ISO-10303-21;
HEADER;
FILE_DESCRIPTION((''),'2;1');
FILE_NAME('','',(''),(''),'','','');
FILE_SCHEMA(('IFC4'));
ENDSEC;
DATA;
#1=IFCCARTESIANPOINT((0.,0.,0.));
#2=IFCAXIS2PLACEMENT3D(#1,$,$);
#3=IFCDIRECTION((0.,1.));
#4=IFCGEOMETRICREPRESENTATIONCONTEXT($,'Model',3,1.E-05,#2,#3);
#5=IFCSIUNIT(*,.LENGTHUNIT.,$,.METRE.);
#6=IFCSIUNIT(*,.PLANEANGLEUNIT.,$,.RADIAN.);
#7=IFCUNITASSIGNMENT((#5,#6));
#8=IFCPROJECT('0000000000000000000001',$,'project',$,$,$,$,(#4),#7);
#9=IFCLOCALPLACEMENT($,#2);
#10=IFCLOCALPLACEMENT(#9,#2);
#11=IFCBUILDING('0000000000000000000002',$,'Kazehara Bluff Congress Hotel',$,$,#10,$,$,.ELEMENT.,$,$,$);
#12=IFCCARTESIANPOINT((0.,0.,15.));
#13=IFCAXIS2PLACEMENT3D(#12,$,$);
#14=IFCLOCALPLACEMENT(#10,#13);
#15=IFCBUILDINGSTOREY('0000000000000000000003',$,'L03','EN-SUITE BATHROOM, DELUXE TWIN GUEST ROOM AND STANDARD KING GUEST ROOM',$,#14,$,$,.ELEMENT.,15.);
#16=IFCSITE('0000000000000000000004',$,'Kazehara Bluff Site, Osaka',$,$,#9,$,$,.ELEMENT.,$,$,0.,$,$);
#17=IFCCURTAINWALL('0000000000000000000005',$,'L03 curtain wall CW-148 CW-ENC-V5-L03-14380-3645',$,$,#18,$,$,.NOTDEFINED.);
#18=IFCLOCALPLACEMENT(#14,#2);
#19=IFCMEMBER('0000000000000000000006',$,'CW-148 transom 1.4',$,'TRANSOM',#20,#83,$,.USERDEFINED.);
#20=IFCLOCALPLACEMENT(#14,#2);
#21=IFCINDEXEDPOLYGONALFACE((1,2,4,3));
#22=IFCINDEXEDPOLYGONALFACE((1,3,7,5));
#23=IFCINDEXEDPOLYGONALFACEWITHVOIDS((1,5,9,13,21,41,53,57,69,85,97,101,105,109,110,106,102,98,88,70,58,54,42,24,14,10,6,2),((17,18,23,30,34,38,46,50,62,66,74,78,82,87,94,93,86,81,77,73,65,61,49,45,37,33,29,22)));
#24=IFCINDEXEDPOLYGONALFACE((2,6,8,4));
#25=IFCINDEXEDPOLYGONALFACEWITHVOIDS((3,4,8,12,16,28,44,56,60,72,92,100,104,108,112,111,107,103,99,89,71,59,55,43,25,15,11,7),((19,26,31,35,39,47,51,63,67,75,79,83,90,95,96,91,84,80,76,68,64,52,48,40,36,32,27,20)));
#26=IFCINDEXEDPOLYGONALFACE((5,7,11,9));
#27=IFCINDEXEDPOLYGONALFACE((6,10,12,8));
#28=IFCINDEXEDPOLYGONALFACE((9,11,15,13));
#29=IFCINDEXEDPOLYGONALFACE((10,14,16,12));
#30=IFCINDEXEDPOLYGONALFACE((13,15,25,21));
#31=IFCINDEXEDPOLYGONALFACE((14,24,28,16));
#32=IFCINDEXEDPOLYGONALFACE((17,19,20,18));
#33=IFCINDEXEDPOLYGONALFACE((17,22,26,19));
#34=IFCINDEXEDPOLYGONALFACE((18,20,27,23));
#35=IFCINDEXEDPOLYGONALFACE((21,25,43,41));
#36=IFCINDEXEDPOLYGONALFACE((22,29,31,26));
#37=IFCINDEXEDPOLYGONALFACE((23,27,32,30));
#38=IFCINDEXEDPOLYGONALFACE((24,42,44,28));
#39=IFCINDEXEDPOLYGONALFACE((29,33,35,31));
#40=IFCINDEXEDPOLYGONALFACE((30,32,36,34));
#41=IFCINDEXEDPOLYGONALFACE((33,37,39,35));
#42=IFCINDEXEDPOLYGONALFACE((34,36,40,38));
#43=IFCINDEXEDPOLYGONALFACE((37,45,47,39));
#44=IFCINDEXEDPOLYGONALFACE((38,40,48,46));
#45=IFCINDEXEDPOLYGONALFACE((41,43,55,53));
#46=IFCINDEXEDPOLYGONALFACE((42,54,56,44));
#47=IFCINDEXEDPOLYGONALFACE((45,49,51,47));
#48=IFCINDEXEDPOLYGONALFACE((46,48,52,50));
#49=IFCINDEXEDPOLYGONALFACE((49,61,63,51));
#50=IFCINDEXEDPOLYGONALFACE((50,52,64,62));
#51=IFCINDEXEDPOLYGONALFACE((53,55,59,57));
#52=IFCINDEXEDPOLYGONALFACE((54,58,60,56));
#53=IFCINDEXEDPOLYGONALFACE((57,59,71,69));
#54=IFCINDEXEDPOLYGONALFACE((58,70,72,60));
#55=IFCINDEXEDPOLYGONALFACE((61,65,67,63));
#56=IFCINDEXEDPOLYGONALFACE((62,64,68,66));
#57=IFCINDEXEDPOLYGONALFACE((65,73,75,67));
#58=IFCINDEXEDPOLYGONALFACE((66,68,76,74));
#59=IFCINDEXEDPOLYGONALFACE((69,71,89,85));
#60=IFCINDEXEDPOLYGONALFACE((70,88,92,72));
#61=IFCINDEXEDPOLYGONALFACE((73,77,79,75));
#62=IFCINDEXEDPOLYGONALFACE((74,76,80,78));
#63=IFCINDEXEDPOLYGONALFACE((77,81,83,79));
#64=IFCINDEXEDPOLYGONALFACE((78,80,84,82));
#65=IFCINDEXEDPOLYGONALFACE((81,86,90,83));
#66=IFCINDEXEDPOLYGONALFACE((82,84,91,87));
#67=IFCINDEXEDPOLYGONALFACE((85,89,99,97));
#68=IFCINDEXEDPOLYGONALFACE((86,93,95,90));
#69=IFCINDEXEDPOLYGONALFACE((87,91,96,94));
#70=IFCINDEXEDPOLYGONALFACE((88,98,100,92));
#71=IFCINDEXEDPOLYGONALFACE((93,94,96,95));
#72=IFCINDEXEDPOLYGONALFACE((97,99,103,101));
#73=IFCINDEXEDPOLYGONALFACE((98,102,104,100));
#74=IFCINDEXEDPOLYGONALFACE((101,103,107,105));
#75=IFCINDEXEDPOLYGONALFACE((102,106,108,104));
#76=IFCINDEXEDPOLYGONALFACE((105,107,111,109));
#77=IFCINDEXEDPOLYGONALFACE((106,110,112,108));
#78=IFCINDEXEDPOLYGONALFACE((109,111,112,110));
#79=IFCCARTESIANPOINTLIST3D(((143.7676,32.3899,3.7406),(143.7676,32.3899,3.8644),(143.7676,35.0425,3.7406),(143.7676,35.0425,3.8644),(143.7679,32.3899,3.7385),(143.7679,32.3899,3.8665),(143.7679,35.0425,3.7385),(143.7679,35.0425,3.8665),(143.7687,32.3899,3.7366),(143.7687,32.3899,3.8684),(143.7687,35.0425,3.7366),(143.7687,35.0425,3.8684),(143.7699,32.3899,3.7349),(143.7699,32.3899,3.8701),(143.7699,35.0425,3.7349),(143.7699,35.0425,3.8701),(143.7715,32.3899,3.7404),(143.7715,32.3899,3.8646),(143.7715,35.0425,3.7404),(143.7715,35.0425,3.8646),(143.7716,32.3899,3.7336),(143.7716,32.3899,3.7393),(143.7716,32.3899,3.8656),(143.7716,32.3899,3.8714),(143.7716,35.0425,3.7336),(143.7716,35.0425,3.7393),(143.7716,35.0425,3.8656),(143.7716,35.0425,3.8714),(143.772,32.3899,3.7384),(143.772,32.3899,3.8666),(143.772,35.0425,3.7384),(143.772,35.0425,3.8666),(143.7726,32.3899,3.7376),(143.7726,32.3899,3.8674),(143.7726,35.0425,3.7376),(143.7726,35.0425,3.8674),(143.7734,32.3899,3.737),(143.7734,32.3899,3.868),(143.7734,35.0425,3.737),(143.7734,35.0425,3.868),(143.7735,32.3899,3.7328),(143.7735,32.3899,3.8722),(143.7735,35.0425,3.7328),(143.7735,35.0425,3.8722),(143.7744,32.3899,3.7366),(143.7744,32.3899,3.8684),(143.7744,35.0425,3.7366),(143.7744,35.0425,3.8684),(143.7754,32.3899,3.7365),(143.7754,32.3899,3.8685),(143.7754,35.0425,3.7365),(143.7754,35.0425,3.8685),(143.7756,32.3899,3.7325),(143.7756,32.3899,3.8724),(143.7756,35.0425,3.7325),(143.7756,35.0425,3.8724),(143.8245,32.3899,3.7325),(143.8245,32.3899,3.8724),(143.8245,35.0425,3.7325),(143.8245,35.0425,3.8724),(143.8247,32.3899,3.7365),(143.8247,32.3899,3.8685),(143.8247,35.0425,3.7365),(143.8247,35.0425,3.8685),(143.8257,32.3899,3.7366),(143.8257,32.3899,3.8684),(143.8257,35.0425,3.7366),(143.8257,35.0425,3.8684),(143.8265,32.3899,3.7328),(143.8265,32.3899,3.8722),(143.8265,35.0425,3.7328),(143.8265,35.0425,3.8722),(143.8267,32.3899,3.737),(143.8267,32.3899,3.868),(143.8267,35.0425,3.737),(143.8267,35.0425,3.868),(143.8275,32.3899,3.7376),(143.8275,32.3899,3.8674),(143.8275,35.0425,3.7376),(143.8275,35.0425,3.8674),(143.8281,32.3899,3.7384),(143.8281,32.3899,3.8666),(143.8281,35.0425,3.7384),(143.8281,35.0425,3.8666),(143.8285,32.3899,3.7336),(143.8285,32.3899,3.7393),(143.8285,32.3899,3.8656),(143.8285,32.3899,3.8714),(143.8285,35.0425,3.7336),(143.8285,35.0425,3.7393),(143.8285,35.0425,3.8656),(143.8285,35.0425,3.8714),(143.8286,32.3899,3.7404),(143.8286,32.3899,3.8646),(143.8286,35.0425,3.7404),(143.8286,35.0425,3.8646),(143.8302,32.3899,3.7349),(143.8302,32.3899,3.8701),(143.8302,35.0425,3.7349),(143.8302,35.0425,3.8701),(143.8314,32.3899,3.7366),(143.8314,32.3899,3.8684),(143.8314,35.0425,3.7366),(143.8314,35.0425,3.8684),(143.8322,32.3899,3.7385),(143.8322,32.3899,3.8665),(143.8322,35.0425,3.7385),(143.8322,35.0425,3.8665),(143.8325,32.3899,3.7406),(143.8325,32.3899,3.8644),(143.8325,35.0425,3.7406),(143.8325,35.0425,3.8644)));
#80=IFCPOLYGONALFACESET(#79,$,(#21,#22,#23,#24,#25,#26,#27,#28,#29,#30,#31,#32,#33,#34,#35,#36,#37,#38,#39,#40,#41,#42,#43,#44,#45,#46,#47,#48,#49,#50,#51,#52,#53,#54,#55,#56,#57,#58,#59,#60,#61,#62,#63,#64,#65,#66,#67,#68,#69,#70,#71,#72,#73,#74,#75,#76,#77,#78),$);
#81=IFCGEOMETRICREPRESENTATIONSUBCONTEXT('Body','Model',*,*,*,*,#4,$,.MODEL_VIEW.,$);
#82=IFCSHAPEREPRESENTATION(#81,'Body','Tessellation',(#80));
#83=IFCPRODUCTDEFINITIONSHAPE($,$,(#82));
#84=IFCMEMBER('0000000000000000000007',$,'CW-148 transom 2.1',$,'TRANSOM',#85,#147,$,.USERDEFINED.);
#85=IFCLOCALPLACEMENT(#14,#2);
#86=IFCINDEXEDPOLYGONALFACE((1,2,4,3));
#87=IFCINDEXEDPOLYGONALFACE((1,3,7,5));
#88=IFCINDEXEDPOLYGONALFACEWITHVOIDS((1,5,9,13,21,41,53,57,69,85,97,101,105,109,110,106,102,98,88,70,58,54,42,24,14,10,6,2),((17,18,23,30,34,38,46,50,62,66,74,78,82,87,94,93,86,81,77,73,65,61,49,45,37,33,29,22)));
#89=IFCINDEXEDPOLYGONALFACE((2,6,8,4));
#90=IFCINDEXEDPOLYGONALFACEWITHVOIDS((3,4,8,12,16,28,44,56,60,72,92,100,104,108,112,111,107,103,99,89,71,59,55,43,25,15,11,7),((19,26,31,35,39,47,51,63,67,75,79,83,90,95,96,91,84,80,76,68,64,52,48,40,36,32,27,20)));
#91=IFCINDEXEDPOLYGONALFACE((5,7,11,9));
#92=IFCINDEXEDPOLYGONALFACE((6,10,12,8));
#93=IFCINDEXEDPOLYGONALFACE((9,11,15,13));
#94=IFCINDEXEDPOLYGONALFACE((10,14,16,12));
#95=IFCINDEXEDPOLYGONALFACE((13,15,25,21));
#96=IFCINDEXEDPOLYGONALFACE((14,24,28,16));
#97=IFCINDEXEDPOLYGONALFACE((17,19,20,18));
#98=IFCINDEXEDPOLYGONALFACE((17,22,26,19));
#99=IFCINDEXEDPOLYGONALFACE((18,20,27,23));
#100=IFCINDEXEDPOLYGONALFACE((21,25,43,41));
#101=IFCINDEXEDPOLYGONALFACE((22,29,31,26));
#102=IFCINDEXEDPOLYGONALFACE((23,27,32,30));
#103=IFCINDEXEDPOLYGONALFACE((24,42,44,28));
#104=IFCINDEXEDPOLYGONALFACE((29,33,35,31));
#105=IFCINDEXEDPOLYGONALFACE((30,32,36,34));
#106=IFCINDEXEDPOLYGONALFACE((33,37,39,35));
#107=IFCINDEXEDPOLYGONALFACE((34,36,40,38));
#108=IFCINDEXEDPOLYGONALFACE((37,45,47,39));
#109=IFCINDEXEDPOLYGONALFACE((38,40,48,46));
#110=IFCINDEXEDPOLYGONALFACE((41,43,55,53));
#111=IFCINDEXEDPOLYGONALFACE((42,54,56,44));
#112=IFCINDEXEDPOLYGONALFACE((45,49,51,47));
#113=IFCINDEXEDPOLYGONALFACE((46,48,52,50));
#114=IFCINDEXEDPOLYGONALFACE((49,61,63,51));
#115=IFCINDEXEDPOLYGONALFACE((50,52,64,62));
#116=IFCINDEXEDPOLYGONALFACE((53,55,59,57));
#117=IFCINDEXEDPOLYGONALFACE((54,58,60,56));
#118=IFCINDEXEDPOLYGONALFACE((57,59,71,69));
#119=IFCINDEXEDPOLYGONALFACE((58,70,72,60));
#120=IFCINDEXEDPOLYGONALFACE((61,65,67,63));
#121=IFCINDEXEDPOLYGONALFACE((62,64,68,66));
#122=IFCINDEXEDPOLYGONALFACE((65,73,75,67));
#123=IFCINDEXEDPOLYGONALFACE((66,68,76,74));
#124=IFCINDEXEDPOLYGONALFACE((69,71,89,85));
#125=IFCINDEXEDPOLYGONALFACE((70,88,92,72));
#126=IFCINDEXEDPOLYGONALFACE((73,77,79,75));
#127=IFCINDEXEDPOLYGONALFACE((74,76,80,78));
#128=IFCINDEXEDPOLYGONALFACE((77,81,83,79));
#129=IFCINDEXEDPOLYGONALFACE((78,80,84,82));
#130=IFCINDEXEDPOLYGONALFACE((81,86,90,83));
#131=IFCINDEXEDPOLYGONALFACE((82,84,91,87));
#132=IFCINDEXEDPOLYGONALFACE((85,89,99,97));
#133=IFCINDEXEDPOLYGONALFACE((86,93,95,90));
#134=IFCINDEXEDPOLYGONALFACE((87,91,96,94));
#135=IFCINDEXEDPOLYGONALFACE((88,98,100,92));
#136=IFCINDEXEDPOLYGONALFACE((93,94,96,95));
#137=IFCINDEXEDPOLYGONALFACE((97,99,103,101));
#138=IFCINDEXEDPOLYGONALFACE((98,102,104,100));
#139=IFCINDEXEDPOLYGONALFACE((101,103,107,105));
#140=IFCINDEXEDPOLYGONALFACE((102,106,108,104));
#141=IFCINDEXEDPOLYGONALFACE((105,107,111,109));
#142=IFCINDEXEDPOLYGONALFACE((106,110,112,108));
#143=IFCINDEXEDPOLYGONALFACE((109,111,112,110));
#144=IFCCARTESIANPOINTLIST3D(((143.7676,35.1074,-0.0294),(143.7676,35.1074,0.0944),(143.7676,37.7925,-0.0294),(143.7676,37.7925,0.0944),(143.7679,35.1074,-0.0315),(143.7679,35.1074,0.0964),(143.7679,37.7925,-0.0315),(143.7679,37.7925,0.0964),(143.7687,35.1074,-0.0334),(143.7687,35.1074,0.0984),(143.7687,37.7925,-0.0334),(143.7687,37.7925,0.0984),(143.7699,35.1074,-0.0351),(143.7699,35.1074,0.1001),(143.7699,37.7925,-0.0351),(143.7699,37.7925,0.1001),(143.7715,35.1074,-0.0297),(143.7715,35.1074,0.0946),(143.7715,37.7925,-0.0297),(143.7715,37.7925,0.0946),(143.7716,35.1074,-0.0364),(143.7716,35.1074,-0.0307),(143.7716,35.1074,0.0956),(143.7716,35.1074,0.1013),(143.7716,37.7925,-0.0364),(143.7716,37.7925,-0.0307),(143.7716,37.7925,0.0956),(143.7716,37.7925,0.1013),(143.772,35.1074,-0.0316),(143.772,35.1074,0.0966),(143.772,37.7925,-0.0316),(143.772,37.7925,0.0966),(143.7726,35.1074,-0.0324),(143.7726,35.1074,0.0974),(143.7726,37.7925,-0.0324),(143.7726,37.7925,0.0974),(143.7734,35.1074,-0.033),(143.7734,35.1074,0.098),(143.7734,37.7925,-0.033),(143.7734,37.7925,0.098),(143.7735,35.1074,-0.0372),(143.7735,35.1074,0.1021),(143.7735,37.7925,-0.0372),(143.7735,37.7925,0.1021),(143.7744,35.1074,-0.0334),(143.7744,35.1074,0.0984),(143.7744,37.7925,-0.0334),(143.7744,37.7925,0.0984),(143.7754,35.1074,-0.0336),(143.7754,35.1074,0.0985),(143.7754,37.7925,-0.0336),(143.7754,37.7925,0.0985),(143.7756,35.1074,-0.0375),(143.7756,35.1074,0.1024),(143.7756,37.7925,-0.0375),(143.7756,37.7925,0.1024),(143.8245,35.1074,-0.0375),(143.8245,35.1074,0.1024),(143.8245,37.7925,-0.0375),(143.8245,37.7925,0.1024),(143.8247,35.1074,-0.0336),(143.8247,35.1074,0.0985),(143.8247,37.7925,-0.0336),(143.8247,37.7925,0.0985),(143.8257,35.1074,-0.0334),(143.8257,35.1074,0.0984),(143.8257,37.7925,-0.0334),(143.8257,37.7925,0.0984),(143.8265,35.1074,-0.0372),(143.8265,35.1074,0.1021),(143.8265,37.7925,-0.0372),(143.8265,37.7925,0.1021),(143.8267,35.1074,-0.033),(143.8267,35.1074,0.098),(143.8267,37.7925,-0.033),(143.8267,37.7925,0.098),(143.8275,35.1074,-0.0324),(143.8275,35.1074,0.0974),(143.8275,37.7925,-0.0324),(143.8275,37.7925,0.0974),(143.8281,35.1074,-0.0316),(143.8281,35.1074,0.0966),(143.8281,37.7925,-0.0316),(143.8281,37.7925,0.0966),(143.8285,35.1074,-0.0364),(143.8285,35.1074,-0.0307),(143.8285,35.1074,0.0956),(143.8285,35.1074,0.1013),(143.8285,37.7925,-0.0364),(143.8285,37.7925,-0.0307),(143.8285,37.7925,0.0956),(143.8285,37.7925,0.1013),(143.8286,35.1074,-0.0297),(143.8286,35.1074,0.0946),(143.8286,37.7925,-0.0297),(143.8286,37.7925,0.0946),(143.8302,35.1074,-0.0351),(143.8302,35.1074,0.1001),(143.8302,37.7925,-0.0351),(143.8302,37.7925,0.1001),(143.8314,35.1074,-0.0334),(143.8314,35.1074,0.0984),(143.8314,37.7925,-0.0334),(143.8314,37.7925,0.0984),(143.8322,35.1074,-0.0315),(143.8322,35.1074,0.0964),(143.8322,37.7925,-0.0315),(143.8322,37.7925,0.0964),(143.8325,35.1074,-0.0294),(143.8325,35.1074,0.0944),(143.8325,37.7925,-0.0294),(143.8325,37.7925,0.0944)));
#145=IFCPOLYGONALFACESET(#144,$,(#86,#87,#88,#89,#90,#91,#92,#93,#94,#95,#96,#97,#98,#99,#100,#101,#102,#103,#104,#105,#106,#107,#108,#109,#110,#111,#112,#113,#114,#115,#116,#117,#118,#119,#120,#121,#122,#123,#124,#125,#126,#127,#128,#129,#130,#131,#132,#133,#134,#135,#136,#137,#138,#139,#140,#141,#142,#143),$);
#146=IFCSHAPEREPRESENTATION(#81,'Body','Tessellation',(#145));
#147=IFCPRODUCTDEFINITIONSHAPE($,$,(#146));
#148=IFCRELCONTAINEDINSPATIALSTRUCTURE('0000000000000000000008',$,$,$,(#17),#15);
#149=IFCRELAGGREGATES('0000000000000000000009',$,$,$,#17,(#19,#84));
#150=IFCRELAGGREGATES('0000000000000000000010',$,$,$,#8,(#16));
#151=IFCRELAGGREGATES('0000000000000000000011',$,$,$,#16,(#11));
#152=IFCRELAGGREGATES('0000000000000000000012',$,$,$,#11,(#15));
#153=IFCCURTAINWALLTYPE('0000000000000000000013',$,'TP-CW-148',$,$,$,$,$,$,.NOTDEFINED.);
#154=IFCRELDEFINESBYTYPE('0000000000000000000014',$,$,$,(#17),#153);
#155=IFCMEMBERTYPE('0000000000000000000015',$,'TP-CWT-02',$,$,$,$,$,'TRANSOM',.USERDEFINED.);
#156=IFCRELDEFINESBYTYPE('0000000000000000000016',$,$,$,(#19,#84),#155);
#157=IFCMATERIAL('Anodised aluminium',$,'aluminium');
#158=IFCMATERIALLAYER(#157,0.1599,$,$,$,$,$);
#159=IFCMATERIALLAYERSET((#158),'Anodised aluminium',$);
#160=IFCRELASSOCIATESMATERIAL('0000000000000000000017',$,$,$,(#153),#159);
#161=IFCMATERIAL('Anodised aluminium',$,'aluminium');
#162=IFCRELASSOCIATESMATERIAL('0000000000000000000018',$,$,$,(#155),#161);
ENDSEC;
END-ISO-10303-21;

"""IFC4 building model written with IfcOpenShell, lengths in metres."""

from ifc_helpers import new_model, si_unit, direction, frame, origin, origin_2d, place, context, subcontext, project, spatial, hollow_rectangle, extrude, material, layer, layer_set, material_profile, profile_set, type_object, element, aggregate, save


model = new_model("IFC4")

# Units and contexts
model_context = context("Model", 3, precision=1e-05, world=origin(), true_north=direction((0.0, 1.0)))
body_context = subcontext(model_context, "Body", "Model", "MODEL_VIEW")
ifc_project = project(units=[si_unit("LENGTHUNIT", "METRE"), si_unit("PLANEANGLEUNIT", "RADIAN")], contexts=[model_context])

# Site, building, storey
site_placement = place(None, origin())
site = spatial("IfcSite", under=ifc_project, at=site_placement, Name="Kazehara Bluff Site, Osaka", CompositionType="ELEMENT", RefElevation=0.0)
building_placement = place(site_placement, origin())
building = spatial("IfcBuilding", under=site, at=building_placement, Name="Kazehara Bluff Congress Hotel", CompositionType="ELEMENT")
storey_placement = place(building_placement, frame((0.0, 0.0, 15.0)))
storey = spatial("IfcBuildingStorey", under=building, at=storey_placement, Name="L03", Description="EN-SUITE BATHROOM, DELUXE TWIN GUEST ROOM AND STANDARD KING GUEST ROOM", CompositionType="ELEMENT", Elevation=15.0)

# Curtain wall, members
ifc_material_1 = material(Name="Anodised aluminium", Category="aluminium")
ifc_layer_1 = layer(ifc_material_1, 0.1599)
ifc_layer_set_1 = layer_set([ifc_layer_1], Name="Anodised aluminium")
curtain_wall_type = type_object("IfcCurtainWallType", Name="TP-CW-148", PredefinedType="NOTDEFINED", material=ifc_layer_set_1)
curtain_wall_placement = place(storey_placement, origin())
curtain_wall = element("IfcCurtainWall", 1, at=curtain_wall_placement, inside=storey, type_object=curtain_wall_type, Name="L03 curtain wall CW-148 CW-ENC-V5-L03-14380-3645", PredefinedType="NOTDEFINED")
ifc_material_2 = material(Name="Anodised aluminium", Category="aluminium")
ifc_material_profile_1 = material_profile(ifc_material_2, hollow_rectangle(XDim=0.0649, YDim=0.1399, WallThickness=0.0039, InnerFilletRadius=0.0039, OuterFilletRadius=0.0081, at=origin_2d()))
ifc_profile_set_1 = profile_set([ifc_material_profile_1], Name="Anodised aluminium")
member_type_1 = type_object("IfcMemberType", Name="TP-CWT-02", ElementType="TRANSOM", PredefinedType="USERDEFINED", material=ifc_profile_set_1)
member_1_placement = place(storey_placement, frame((143.8, 32.3899, 3.8025), z_axis=(0.0, 1.0, 0.0), x_axis=(-1.0, 0.0, 0.0)))
member_1 = element("IfcMember", 2, at=member_1_placement, type_object=member_type_1, Name="CW-148 transom 1.4", ObjectType="TRANSOM", PredefinedType="USERDEFINED", context=body_context, shape_type="SweptSolid", body=[
    extrude(hollow_rectangle(XDim=0.0649, YDim=0.1399, WallThickness=0.0039, InnerFilletRadius=0.0039, OuterFilletRadius=0.0081, at=origin_2d()), origin(), (0.0, 0.0, 1.0), 2.6526),
])
member_2_placement = place(storey_placement, frame((143.8, 35.1074, 0.0325), z_axis=(0.0, 1.0, 0.0), x_axis=(-1.0, 0.0, 0.0)))
member_2 = element("IfcMember", 3, at=member_2_placement, type_object=member_type_1, Name="CW-148 transom 2.1", ObjectType="TRANSOM", PredefinedType="USERDEFINED", context=body_context, shape_type="SweptSolid", body=[
    extrude(hollow_rectangle(XDim=0.0649, YDim=0.1399, WallThickness=0.0039, InnerFilletRadius=0.0039, OuterFilletRadius=0.0081, at=origin_2d()), origin(), (0.0, 0.0, 1.0), 2.6851),
])

aggregate(curtain_wall, [member_1, member_2])

save(model, "model.ifc")
